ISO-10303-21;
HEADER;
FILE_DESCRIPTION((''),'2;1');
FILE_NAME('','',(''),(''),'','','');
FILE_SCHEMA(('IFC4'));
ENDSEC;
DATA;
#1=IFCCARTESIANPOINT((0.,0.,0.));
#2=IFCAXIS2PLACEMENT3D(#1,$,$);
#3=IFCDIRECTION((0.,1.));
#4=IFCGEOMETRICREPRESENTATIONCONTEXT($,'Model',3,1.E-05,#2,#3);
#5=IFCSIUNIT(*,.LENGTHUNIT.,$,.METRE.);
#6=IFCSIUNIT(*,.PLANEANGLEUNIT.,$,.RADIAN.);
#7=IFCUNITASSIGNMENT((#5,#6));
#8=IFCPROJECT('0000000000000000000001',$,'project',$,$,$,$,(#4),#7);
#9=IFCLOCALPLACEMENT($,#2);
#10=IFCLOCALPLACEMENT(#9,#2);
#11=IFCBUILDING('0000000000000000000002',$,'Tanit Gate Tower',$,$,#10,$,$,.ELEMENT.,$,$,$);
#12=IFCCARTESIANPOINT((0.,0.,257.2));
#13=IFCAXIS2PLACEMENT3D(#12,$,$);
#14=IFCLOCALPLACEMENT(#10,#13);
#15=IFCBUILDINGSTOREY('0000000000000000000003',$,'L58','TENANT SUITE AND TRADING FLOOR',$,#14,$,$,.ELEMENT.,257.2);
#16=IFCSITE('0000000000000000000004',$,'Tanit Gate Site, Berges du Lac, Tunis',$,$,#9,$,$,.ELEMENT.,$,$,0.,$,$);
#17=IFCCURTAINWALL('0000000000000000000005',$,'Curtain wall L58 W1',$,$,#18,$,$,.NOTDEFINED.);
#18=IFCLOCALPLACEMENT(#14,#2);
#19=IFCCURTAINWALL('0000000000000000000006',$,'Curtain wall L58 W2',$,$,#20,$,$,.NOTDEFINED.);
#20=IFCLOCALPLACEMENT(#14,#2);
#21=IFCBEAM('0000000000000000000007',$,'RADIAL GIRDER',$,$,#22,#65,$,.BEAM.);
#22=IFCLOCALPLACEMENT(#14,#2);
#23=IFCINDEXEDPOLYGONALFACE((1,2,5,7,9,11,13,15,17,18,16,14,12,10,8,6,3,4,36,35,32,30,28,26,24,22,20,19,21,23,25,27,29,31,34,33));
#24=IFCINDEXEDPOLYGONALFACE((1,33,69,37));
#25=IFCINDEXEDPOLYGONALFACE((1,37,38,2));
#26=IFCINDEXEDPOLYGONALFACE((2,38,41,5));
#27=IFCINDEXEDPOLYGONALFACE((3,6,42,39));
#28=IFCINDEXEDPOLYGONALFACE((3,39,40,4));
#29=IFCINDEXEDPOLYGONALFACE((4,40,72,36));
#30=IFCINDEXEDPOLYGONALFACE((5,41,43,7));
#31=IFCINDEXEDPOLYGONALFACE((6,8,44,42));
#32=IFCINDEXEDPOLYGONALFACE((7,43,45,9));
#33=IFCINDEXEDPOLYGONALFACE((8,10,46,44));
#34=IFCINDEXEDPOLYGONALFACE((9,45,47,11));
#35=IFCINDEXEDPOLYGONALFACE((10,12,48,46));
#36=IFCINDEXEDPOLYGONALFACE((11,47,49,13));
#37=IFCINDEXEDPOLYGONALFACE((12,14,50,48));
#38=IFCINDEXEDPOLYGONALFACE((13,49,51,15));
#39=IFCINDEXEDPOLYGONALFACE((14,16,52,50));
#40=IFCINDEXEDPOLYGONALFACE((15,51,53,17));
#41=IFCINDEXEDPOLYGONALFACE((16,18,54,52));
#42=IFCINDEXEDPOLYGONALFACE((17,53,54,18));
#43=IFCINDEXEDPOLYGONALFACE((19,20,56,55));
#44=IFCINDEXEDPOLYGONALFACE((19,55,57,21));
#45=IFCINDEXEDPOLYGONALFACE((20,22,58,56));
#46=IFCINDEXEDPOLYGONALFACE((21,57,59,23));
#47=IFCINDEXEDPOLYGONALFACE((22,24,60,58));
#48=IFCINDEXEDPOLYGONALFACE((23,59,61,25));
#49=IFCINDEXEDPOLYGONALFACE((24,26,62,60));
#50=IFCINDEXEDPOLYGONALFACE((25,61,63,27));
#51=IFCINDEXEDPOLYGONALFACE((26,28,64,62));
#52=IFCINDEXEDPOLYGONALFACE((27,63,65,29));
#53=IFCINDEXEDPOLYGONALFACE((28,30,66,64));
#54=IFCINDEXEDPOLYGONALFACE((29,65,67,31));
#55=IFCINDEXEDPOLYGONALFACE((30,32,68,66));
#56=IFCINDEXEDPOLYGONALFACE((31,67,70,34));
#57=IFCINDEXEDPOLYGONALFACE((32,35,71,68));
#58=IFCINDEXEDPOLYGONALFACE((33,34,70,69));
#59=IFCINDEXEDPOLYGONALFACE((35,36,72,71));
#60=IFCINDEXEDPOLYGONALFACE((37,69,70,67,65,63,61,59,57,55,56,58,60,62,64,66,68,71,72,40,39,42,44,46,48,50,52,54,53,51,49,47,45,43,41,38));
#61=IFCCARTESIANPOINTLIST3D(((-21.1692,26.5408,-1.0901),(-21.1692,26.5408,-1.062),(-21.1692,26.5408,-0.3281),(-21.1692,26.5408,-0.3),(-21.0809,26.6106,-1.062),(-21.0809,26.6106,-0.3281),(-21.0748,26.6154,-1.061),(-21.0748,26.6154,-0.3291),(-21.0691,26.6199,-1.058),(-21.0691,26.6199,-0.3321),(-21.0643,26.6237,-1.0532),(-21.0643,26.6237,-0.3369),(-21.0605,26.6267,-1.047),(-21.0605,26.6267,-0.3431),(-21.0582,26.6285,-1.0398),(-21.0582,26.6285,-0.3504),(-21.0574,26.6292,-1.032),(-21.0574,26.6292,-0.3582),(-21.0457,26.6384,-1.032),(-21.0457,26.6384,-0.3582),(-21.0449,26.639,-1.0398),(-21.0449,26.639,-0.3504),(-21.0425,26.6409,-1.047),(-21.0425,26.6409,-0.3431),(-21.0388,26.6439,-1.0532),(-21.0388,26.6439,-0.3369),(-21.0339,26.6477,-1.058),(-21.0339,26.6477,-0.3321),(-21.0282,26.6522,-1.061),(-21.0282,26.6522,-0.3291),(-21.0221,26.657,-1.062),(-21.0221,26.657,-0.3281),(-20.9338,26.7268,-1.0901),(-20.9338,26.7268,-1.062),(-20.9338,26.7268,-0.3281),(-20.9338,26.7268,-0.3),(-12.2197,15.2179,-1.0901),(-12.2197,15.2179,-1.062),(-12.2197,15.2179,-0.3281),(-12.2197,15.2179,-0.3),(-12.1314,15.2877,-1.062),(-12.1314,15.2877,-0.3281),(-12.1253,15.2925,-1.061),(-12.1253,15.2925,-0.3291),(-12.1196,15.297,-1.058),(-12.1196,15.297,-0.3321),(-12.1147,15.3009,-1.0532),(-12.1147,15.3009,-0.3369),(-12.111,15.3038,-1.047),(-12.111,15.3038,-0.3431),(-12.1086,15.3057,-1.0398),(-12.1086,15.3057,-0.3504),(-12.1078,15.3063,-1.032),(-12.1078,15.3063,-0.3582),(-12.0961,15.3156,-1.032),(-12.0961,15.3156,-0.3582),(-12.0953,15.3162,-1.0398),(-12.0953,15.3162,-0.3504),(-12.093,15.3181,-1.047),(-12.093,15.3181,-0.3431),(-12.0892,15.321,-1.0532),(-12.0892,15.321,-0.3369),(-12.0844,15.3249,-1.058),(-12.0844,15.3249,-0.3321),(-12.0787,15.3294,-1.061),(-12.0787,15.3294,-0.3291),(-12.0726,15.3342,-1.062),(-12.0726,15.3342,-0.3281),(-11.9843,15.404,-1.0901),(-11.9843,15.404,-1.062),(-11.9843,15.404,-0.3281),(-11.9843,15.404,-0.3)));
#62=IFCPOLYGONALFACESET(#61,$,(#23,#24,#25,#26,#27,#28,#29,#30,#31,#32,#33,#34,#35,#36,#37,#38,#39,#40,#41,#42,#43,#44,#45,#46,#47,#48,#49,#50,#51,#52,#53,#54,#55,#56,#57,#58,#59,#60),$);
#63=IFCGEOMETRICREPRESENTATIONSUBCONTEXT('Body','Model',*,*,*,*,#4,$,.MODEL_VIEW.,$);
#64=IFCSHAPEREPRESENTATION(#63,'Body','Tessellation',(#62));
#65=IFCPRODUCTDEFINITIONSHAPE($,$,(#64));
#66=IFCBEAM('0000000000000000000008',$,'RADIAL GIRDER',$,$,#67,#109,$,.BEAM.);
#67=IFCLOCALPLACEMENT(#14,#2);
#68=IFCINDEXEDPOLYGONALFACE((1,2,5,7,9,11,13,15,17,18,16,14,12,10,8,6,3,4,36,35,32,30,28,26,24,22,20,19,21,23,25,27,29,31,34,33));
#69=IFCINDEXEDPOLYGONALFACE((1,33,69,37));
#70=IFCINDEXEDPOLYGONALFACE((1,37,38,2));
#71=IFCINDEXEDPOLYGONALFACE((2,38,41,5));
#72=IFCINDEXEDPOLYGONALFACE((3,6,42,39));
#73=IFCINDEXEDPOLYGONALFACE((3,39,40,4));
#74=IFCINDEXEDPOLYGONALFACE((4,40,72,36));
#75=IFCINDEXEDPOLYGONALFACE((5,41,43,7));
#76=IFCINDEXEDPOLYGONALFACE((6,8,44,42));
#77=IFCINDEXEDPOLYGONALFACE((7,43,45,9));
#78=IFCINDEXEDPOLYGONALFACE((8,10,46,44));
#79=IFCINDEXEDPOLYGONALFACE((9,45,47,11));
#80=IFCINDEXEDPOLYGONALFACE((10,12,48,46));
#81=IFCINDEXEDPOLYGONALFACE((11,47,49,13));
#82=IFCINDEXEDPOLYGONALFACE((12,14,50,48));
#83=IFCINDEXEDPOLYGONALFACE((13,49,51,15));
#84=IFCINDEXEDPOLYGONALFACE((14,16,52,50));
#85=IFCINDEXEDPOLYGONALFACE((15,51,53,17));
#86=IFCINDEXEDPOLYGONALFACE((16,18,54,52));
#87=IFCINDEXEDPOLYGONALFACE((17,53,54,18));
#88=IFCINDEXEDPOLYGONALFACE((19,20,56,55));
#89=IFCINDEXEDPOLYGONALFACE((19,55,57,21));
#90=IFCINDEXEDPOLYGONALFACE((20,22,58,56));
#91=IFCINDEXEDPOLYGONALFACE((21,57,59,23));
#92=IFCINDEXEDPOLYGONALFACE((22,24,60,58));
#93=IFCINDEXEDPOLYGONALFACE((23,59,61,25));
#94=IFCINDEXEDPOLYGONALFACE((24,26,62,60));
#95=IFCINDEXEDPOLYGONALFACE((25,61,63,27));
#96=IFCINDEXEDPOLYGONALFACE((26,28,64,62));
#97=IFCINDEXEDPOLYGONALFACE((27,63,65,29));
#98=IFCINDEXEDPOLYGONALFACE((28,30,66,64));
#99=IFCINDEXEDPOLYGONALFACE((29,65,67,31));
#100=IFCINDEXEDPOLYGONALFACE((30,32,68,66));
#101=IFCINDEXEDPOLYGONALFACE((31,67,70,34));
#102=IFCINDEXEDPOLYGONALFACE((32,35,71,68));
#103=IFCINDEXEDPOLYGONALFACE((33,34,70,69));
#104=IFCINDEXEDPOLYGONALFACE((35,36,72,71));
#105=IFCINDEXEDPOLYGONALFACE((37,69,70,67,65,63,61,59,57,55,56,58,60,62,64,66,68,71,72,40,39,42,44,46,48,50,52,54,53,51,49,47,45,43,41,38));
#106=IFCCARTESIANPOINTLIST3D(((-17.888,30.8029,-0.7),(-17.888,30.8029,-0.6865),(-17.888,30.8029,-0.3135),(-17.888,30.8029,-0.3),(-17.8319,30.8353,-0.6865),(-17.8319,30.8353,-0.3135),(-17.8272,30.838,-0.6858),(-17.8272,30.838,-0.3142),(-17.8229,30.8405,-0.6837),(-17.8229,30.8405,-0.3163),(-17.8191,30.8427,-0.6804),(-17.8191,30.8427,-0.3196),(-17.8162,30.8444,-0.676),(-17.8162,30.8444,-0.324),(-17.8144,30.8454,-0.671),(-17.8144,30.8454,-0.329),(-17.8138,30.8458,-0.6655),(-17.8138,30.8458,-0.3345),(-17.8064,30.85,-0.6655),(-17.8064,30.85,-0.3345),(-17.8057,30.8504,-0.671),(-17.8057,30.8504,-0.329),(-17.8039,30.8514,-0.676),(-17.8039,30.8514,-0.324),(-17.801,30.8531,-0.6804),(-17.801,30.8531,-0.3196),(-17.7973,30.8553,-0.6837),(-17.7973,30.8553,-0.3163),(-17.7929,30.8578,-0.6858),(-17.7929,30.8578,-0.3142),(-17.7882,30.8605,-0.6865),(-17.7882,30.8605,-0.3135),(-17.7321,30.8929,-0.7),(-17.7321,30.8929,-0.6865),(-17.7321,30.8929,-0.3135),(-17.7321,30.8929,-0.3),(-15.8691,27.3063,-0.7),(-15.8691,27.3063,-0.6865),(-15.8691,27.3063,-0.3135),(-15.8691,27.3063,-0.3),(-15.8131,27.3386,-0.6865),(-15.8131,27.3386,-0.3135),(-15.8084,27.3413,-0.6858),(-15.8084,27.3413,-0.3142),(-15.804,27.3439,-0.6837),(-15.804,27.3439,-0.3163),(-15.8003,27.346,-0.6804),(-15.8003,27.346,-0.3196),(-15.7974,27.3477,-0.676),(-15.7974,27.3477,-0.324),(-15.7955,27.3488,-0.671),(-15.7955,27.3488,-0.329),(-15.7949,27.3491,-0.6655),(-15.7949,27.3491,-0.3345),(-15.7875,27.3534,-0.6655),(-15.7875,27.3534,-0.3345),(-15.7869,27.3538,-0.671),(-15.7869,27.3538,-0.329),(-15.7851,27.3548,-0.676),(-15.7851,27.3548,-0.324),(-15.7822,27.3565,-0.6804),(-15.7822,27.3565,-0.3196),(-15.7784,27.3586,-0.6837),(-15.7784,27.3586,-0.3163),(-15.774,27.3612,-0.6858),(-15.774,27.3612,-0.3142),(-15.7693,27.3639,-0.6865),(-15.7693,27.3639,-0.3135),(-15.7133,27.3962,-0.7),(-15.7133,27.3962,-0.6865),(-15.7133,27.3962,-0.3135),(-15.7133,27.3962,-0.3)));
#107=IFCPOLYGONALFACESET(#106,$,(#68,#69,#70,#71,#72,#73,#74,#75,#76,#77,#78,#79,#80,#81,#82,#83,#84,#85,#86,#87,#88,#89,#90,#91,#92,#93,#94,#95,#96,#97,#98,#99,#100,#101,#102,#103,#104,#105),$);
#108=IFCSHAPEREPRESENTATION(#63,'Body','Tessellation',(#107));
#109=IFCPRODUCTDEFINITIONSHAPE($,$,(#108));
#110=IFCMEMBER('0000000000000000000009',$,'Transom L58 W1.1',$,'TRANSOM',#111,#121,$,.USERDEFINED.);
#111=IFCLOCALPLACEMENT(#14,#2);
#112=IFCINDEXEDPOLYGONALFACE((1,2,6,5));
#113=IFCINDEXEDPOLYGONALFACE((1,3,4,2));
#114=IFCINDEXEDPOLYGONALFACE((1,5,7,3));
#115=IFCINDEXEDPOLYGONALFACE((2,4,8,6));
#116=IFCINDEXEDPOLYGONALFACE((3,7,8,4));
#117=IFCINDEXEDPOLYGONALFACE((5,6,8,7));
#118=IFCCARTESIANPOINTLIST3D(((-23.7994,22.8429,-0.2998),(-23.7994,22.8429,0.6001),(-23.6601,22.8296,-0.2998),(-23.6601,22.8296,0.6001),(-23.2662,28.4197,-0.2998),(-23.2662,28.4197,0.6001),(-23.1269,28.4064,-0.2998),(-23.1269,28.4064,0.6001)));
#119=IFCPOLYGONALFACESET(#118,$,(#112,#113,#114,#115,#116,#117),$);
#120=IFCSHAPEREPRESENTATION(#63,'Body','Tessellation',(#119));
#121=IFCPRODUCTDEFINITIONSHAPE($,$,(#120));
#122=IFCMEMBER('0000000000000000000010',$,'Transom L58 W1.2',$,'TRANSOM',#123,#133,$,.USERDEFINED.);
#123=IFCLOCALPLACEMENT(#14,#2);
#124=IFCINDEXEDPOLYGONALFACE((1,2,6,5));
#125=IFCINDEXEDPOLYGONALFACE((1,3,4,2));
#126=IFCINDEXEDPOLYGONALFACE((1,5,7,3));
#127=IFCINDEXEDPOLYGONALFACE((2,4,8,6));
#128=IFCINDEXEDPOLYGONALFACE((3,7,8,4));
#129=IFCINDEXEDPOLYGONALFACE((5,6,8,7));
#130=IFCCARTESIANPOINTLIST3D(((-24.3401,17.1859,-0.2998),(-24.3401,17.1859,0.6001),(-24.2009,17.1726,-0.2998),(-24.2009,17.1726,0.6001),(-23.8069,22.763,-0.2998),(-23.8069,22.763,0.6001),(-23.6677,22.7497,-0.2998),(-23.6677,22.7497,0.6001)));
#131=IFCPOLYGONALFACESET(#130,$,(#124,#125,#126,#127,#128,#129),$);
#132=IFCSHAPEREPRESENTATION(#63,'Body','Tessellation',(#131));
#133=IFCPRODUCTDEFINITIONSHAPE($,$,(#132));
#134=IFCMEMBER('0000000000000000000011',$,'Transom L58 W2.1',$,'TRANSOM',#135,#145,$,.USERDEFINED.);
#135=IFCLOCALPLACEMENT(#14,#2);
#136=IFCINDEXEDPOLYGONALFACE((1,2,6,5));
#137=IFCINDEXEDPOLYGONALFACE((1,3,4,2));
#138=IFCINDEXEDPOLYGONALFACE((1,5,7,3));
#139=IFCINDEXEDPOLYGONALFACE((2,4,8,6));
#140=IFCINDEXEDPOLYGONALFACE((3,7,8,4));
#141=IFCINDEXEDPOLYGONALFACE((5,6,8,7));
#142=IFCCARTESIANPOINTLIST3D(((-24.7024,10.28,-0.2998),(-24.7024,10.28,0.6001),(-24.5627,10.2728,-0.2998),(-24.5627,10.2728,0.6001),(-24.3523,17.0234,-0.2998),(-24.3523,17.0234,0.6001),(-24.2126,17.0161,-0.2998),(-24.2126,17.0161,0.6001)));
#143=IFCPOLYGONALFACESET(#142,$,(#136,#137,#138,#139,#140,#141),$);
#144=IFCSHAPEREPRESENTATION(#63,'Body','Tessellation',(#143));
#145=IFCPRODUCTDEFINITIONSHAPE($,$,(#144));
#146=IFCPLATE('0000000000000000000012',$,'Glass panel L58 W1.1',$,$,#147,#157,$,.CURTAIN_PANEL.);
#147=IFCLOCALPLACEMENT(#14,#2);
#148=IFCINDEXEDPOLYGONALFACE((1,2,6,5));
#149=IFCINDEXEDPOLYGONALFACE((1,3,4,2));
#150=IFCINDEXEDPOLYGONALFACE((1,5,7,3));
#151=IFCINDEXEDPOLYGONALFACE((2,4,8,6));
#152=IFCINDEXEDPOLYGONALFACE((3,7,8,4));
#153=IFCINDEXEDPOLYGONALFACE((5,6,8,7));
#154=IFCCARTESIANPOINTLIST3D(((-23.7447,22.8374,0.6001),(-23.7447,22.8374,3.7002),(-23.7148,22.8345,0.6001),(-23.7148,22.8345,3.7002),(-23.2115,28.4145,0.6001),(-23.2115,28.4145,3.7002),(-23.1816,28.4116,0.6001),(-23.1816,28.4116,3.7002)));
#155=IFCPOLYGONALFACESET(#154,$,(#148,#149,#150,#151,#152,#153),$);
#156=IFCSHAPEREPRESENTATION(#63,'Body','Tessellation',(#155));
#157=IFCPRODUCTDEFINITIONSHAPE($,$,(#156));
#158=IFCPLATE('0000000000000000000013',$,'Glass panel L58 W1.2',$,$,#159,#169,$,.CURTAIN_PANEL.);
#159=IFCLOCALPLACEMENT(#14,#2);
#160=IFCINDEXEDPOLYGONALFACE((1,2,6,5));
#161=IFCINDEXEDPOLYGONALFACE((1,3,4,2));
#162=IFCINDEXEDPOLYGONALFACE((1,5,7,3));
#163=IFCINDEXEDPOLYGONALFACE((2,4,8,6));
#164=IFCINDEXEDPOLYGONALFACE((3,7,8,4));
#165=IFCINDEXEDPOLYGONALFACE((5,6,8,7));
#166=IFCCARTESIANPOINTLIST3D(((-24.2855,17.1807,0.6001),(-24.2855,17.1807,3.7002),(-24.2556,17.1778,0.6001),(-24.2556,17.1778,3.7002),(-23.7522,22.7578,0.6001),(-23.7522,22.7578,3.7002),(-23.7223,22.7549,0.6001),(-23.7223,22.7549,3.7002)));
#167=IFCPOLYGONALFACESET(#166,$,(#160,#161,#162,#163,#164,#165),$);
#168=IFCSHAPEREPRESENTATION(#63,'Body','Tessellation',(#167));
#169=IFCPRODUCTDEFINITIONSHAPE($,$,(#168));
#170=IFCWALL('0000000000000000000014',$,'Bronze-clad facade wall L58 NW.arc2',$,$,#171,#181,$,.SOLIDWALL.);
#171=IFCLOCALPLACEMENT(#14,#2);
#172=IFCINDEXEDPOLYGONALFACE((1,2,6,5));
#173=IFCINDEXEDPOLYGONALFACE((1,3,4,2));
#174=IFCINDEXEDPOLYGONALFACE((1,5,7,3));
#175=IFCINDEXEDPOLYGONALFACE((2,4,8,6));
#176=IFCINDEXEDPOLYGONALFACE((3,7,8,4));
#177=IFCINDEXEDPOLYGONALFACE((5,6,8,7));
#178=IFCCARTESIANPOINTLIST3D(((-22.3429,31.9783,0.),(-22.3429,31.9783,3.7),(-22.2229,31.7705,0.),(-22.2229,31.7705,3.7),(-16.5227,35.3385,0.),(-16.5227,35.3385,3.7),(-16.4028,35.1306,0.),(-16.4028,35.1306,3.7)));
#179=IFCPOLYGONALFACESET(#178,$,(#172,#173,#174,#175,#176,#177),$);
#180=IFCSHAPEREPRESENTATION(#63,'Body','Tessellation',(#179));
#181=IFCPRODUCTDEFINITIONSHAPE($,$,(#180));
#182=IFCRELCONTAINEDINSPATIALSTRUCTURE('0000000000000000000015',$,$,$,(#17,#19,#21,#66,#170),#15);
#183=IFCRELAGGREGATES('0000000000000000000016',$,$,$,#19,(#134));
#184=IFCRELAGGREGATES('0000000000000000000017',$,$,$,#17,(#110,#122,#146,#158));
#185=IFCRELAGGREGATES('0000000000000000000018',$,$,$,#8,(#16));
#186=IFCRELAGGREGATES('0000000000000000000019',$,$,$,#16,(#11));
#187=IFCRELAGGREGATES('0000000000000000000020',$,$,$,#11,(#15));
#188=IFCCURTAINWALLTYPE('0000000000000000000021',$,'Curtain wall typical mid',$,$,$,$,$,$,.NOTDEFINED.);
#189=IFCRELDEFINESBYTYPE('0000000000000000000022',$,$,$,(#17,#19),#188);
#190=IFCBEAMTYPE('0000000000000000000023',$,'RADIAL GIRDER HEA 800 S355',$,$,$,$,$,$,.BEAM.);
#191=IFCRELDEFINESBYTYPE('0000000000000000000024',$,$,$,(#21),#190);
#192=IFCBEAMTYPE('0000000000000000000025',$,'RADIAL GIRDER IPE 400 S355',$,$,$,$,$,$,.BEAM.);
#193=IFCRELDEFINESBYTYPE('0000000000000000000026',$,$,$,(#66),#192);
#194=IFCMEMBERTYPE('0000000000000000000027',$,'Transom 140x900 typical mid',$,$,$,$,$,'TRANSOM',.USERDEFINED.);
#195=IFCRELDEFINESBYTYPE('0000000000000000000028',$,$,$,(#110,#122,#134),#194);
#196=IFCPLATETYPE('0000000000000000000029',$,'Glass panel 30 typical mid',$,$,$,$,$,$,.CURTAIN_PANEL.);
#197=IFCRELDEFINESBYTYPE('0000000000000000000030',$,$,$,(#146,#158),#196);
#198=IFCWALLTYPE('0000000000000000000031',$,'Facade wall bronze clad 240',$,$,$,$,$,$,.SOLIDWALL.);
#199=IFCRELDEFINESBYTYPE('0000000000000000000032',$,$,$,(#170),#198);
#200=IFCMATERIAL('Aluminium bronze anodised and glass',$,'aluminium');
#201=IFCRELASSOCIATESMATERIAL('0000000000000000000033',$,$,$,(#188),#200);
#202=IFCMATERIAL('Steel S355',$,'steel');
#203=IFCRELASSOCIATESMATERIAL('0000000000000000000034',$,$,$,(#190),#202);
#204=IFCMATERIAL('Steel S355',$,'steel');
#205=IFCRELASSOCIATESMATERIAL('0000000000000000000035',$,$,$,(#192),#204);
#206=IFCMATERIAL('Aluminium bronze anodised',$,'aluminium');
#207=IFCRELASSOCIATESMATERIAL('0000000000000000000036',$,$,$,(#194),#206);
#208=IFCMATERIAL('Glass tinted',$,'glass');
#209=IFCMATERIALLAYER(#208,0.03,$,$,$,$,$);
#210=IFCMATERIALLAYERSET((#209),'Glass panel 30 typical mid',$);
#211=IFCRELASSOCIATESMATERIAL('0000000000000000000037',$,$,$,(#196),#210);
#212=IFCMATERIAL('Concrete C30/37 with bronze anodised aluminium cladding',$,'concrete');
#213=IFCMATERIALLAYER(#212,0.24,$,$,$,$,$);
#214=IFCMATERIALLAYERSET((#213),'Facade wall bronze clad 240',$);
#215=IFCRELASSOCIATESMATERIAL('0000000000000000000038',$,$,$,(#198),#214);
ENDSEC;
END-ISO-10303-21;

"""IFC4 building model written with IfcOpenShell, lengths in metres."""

from ifc_helpers import new_model, si_unit, direction, frame, frame_2d, origin, origin_2d, place, context, subcontext, project, spatial, rectangle, i_section, extrude, material, layer, layer_set, material_profile, profile_set, type_object, element, aggregate, save


model = new_model("IFC4")

# Units and contexts
model_context = context("Model", 3, precision=1e-05, world=origin(), true_north=direction((0.0, 1.0)))
body_context = subcontext(model_context, "Body", "Model", "MODEL_VIEW")
ifc_project = project(units=[si_unit("LENGTHUNIT", "METRE"), si_unit("PLANEANGLEUNIT", "RADIAN")], contexts=[model_context])

# Site, building, storey
site_placement = place(None, origin())
site = spatial("IfcSite", under=ifc_project, at=site_placement, Name="Tanit Gate Site, Berges du Lac, Tunis", CompositionType="ELEMENT", RefElevation=0.0)
building_placement = place(site_placement, origin())
building = spatial("IfcBuilding", under=site, at=building_placement, Name="Tanit Gate Tower", CompositionType="ELEMENT")
storey_placement = place(building_placement, frame((0.0, 0.0, 257.2)))
storey = spatial("IfcBuildingStorey", under=building, at=storey_placement, Name="L58", Description="TENANT SUITE AND TRADING FLOOR", CompositionType="ELEMENT", Elevation=257.2)

# Curtain walls
ifc_material_1 = material(Name="Aluminium bronze anodised and glass", Category="aluminium")
curtain_wall_type = type_object("IfcCurtainWallType", Name="Curtain wall typical mid", PredefinedType="NOTDEFINED", material=ifc_material_1)
curtain_wall_1_placement = place(storey_placement, origin())
curtain_wall_1 = element("IfcCurtainWall", 1, at=curtain_wall_1_placement, inside=storey, type_object=curtain_wall_type, Name="Curtain wall L58 W1", PredefinedType="NOTDEFINED")
curtain_wall_2_placement = place(storey_placement, origin())
curtain_wall_2 = element("IfcCurtainWall", 2, at=curtain_wall_2_placement, inside=storey, type_object=curtain_wall_type, Name="Curtain wall L58 W2", PredefinedType="NOTDEFINED")

# Beams
ifc_material_2 = material(Name="Steel S355", Category="steel")
ifc_material_profile_1 = material_profile(ifc_material_2, i_section(OverallWidth=0.3, OverallDepth=0.79, WebThickness=0.0149, FlangeThickness=0.0281, FilletRadius=0.03, at=origin_2d()), Name="HEA 800")
ifc_profile_set_1 = profile_set([ifc_material_profile_1], Name="Steel S355")
beam_type_1 = type_object("IfcBeamType", Name="RADIAL GIRDER HEA 800 S355", PredefinedType="BEAM", material=ifc_profile_set_1)
beam_1_placement = place(storey_placement, frame((-21.0515, 26.6338, -0.6951), z_axis=(0.62009, -0.784531, 0.0), x_axis=(0.784531, 0.62009, 0.0)))
element("IfcBeam", 3, at=beam_1_placement, inside=storey, type_object=beam_type_1, Name="RADIAL GIRDER", PredefinedType="BEAM", context=body_context, shape_type="SweptSolid", body=[
    extrude(i_section(OverallWidth=0.3, OverallDepth=0.79, WebThickness=0.0149, FlangeThickness=0.0281, FilletRadius=0.03, at=origin_2d()), origin(), (0.0, 0.0, 1.0), 14.4326),
])
ifc_material_3 = material(Name="Steel S355", Category="steel")
ifc_material_profile_2 = material_profile(ifc_material_3, i_section(OverallWidth=0.1799, OverallDepth=0.3999, WebThickness=0.0085, FlangeThickness=0.0134, FilletRadius=0.021, at=origin_2d()), Name="IPE 400")
ifc_profile_set_2 = profile_set([ifc_material_profile_2], Name="Steel S355")
beam_type_2 = type_object("IfcBeamType", Name="RADIAL GIRDER IPE 400 S355", PredefinedType="BEAM", material=ifc_profile_set_2)
beam_2_placement = place(storey_placement, frame((-17.8101, 30.8479, -0.5), z_axis=(0.500009, -0.86602, 0.0), x_axis=(0.86602, 0.500009, 0.0)))
element("IfcBeam", 4, at=beam_2_placement, inside=storey, type_object=beam_type_2, Name="RADIAL GIRDER", PredefinedType="BEAM", context=body_context, shape_type="SweptSolid", body=[
    extrude(i_section(OverallWidth=0.1799, OverallDepth=0.3999, WebThickness=0.0085, FlangeThickness=0.0134, FilletRadius=0.021, at=origin_2d()), origin(), (0.0, 0.0, 1.0), 4.0376),
])

# Members
ifc_material_4 = material(Name="Aluminium bronze anodised", Category="aluminium")
ifc_material_profile_3 = material_profile(ifc_material_4, rectangle(XDim=0.1399, YDim=0.8999, at=origin_2d()), Name="140x900 bronze transom")
ifc_profile_set_3 = profile_set([ifc_material_profile_3], Name="Aluminium bronze anodised")
member_type_1 = type_object("IfcMemberType", Name="Transom 140x900 typical mid", ElementType="TRANSOM", PredefinedType="USERDEFINED", material=ifc_profile_set_3)
member_1_placement = place(storey_placement, frame((-23.1965, 28.4131, 0.1501), z_axis=(-0.095175, -0.995461, 0.0), x_axis=(0.995461, -0.095175, 0.0)))
member_1 = element("IfcMember", 5, at=member_1_placement, type_object=member_type_1, Name="Transom L58 W1.1", ObjectType="TRANSOM", PredefinedType="USERDEFINED", context=body_context, shape_type="SweptSolid", body=[
    extrude(rectangle(XDim=0.1399, YDim=0.8999, at=origin_2d()), origin(), (0.0, 0.0, 1.0), 5.6023),
])
member_2_placement = place(storey_placement, frame((-23.7373, 22.7563, 0.1501), z_axis=(-0.095171, -0.995461, 0.0), x_axis=(0.995461, -0.095171, 0.0)))
member_2 = element("IfcMember", 6, at=member_2_placement, type_object=member_type_1, Name="Transom L58 W1.2", ObjectType="TRANSOM", PredefinedType="USERDEFINED", context=body_context, shape_type="SweptSolid", body=[
    extrude(rectangle(XDim=0.1399, YDim=0.8999, at=origin_2d()), origin(), (0.0, 0.0, 1.0), 5.6025),
])
member_3_placement = place(storey_placement, frame((-24.2825, 17.0198, 0.1501), z_axis=(-0.051847, -0.998655, 0.0), x_axis=(0.998655, -0.051847, 0.0)))
member_3 = element("IfcMember", 7, at=member_3_placement, type_object=member_type_1, Name="Transom L58 W2.1", ObjectType="TRANSOM", PredefinedType="USERDEFINED", context=body_context, shape_type="SweptSolid", body=[
    extrude(rectangle(XDim=0.1399, YDim=0.8999, at=origin_2d()), origin(), (0.0, 0.0, 1.0), 6.7524),
])
aggregate(curtain_wall_2, [member_3])

# Plates
ifc_material_5 = material(Name="Glass tinted", Category="glass")
ifc_layer_1 = layer(ifc_material_5, 0.03)
ifc_layer_set_1 = layer_set([ifc_layer_1], Name="Glass panel 30 typical mid")
plate_type = type_object("IfcPlateType", Name="Glass panel 30 typical mid", PredefinedType="CURTAIN_PANEL", material=ifc_layer_set_1)
plate_1_placement = place(storey_placement, frame((-23.4631, 25.6245, 0.6001), z_axis=(0.0, 0.0, 1.0), x_axis=(-0.095182, -0.99546, 0.0)))
plate_1 = element("IfcPlate", 8, at=plate_1_placement, type_object=plate_type, Name="Glass panel L58 W1.1", PredefinedType="CURTAIN_PANEL", context=body_context, shape_type="SweptSolid", body=[
    extrude(rectangle(XDim=5.6025, YDim=0.03, at=origin_2d()), origin(), (0.0, 0.0, 1.0), 3.1001),
])
plate_2_placement = place(storey_placement, frame((-24.0039, 19.9678, 0.6001), z_axis=(0.0, 0.0, 1.0), x_axis=(-0.095182, -0.99546, 0.0)))
plate_2 = element("IfcPlate", 9, at=plate_2_placement, type_object=plate_type, Name="Glass panel L58 W1.2", PredefinedType="CURTAIN_PANEL", context=body_context, shape_type="SweptSolid", body=[
    extrude(rectangle(XDim=5.6025, YDim=0.03, at=origin_2d()), origin(), (0.0, 0.0, 1.0), 3.1001),
])
aggregate(curtain_wall_1, [member_1, member_2, plate_1, plate_2])

# Wall
ifc_material_6 = material(Name="Concrete C30/37 with bronze anodised aluminium cladding", Category="concrete")
ifc_layer_2 = layer(ifc_material_6, 0.24)
ifc_layer_set_2 = layer_set([ifc_layer_2], Name="Facade wall bronze clad 240")
wall_type_1 = type_object("IfcWallType", Name="Facade wall bronze clad 240", PredefinedType="SOLIDWALL", material=ifc_layer_set_2)
wall_1_placement = place(storey_placement, frame((-16.4626, 35.2346, 0.0), z_axis=(0.0, 0.0, 1.0), x_axis=(-0.866033, -0.499988, 0.0)))
element("IfcWall", 10, at=wall_1_placement, inside=storey, type_object=wall_type_1, Name="Bronze-clad facade wall L58 NW.arc2", PredefinedType="SOLIDWALL", context=body_context, shape_type="SweptSolid", body=[
    extrude(rectangle(XDim=6.7205, YDim=0.24, at=frame_2d((3.3604, 0.0))), origin(), (0.0, 0.0, 1.0), 3.7),
])

save(model, "model.ifc")
